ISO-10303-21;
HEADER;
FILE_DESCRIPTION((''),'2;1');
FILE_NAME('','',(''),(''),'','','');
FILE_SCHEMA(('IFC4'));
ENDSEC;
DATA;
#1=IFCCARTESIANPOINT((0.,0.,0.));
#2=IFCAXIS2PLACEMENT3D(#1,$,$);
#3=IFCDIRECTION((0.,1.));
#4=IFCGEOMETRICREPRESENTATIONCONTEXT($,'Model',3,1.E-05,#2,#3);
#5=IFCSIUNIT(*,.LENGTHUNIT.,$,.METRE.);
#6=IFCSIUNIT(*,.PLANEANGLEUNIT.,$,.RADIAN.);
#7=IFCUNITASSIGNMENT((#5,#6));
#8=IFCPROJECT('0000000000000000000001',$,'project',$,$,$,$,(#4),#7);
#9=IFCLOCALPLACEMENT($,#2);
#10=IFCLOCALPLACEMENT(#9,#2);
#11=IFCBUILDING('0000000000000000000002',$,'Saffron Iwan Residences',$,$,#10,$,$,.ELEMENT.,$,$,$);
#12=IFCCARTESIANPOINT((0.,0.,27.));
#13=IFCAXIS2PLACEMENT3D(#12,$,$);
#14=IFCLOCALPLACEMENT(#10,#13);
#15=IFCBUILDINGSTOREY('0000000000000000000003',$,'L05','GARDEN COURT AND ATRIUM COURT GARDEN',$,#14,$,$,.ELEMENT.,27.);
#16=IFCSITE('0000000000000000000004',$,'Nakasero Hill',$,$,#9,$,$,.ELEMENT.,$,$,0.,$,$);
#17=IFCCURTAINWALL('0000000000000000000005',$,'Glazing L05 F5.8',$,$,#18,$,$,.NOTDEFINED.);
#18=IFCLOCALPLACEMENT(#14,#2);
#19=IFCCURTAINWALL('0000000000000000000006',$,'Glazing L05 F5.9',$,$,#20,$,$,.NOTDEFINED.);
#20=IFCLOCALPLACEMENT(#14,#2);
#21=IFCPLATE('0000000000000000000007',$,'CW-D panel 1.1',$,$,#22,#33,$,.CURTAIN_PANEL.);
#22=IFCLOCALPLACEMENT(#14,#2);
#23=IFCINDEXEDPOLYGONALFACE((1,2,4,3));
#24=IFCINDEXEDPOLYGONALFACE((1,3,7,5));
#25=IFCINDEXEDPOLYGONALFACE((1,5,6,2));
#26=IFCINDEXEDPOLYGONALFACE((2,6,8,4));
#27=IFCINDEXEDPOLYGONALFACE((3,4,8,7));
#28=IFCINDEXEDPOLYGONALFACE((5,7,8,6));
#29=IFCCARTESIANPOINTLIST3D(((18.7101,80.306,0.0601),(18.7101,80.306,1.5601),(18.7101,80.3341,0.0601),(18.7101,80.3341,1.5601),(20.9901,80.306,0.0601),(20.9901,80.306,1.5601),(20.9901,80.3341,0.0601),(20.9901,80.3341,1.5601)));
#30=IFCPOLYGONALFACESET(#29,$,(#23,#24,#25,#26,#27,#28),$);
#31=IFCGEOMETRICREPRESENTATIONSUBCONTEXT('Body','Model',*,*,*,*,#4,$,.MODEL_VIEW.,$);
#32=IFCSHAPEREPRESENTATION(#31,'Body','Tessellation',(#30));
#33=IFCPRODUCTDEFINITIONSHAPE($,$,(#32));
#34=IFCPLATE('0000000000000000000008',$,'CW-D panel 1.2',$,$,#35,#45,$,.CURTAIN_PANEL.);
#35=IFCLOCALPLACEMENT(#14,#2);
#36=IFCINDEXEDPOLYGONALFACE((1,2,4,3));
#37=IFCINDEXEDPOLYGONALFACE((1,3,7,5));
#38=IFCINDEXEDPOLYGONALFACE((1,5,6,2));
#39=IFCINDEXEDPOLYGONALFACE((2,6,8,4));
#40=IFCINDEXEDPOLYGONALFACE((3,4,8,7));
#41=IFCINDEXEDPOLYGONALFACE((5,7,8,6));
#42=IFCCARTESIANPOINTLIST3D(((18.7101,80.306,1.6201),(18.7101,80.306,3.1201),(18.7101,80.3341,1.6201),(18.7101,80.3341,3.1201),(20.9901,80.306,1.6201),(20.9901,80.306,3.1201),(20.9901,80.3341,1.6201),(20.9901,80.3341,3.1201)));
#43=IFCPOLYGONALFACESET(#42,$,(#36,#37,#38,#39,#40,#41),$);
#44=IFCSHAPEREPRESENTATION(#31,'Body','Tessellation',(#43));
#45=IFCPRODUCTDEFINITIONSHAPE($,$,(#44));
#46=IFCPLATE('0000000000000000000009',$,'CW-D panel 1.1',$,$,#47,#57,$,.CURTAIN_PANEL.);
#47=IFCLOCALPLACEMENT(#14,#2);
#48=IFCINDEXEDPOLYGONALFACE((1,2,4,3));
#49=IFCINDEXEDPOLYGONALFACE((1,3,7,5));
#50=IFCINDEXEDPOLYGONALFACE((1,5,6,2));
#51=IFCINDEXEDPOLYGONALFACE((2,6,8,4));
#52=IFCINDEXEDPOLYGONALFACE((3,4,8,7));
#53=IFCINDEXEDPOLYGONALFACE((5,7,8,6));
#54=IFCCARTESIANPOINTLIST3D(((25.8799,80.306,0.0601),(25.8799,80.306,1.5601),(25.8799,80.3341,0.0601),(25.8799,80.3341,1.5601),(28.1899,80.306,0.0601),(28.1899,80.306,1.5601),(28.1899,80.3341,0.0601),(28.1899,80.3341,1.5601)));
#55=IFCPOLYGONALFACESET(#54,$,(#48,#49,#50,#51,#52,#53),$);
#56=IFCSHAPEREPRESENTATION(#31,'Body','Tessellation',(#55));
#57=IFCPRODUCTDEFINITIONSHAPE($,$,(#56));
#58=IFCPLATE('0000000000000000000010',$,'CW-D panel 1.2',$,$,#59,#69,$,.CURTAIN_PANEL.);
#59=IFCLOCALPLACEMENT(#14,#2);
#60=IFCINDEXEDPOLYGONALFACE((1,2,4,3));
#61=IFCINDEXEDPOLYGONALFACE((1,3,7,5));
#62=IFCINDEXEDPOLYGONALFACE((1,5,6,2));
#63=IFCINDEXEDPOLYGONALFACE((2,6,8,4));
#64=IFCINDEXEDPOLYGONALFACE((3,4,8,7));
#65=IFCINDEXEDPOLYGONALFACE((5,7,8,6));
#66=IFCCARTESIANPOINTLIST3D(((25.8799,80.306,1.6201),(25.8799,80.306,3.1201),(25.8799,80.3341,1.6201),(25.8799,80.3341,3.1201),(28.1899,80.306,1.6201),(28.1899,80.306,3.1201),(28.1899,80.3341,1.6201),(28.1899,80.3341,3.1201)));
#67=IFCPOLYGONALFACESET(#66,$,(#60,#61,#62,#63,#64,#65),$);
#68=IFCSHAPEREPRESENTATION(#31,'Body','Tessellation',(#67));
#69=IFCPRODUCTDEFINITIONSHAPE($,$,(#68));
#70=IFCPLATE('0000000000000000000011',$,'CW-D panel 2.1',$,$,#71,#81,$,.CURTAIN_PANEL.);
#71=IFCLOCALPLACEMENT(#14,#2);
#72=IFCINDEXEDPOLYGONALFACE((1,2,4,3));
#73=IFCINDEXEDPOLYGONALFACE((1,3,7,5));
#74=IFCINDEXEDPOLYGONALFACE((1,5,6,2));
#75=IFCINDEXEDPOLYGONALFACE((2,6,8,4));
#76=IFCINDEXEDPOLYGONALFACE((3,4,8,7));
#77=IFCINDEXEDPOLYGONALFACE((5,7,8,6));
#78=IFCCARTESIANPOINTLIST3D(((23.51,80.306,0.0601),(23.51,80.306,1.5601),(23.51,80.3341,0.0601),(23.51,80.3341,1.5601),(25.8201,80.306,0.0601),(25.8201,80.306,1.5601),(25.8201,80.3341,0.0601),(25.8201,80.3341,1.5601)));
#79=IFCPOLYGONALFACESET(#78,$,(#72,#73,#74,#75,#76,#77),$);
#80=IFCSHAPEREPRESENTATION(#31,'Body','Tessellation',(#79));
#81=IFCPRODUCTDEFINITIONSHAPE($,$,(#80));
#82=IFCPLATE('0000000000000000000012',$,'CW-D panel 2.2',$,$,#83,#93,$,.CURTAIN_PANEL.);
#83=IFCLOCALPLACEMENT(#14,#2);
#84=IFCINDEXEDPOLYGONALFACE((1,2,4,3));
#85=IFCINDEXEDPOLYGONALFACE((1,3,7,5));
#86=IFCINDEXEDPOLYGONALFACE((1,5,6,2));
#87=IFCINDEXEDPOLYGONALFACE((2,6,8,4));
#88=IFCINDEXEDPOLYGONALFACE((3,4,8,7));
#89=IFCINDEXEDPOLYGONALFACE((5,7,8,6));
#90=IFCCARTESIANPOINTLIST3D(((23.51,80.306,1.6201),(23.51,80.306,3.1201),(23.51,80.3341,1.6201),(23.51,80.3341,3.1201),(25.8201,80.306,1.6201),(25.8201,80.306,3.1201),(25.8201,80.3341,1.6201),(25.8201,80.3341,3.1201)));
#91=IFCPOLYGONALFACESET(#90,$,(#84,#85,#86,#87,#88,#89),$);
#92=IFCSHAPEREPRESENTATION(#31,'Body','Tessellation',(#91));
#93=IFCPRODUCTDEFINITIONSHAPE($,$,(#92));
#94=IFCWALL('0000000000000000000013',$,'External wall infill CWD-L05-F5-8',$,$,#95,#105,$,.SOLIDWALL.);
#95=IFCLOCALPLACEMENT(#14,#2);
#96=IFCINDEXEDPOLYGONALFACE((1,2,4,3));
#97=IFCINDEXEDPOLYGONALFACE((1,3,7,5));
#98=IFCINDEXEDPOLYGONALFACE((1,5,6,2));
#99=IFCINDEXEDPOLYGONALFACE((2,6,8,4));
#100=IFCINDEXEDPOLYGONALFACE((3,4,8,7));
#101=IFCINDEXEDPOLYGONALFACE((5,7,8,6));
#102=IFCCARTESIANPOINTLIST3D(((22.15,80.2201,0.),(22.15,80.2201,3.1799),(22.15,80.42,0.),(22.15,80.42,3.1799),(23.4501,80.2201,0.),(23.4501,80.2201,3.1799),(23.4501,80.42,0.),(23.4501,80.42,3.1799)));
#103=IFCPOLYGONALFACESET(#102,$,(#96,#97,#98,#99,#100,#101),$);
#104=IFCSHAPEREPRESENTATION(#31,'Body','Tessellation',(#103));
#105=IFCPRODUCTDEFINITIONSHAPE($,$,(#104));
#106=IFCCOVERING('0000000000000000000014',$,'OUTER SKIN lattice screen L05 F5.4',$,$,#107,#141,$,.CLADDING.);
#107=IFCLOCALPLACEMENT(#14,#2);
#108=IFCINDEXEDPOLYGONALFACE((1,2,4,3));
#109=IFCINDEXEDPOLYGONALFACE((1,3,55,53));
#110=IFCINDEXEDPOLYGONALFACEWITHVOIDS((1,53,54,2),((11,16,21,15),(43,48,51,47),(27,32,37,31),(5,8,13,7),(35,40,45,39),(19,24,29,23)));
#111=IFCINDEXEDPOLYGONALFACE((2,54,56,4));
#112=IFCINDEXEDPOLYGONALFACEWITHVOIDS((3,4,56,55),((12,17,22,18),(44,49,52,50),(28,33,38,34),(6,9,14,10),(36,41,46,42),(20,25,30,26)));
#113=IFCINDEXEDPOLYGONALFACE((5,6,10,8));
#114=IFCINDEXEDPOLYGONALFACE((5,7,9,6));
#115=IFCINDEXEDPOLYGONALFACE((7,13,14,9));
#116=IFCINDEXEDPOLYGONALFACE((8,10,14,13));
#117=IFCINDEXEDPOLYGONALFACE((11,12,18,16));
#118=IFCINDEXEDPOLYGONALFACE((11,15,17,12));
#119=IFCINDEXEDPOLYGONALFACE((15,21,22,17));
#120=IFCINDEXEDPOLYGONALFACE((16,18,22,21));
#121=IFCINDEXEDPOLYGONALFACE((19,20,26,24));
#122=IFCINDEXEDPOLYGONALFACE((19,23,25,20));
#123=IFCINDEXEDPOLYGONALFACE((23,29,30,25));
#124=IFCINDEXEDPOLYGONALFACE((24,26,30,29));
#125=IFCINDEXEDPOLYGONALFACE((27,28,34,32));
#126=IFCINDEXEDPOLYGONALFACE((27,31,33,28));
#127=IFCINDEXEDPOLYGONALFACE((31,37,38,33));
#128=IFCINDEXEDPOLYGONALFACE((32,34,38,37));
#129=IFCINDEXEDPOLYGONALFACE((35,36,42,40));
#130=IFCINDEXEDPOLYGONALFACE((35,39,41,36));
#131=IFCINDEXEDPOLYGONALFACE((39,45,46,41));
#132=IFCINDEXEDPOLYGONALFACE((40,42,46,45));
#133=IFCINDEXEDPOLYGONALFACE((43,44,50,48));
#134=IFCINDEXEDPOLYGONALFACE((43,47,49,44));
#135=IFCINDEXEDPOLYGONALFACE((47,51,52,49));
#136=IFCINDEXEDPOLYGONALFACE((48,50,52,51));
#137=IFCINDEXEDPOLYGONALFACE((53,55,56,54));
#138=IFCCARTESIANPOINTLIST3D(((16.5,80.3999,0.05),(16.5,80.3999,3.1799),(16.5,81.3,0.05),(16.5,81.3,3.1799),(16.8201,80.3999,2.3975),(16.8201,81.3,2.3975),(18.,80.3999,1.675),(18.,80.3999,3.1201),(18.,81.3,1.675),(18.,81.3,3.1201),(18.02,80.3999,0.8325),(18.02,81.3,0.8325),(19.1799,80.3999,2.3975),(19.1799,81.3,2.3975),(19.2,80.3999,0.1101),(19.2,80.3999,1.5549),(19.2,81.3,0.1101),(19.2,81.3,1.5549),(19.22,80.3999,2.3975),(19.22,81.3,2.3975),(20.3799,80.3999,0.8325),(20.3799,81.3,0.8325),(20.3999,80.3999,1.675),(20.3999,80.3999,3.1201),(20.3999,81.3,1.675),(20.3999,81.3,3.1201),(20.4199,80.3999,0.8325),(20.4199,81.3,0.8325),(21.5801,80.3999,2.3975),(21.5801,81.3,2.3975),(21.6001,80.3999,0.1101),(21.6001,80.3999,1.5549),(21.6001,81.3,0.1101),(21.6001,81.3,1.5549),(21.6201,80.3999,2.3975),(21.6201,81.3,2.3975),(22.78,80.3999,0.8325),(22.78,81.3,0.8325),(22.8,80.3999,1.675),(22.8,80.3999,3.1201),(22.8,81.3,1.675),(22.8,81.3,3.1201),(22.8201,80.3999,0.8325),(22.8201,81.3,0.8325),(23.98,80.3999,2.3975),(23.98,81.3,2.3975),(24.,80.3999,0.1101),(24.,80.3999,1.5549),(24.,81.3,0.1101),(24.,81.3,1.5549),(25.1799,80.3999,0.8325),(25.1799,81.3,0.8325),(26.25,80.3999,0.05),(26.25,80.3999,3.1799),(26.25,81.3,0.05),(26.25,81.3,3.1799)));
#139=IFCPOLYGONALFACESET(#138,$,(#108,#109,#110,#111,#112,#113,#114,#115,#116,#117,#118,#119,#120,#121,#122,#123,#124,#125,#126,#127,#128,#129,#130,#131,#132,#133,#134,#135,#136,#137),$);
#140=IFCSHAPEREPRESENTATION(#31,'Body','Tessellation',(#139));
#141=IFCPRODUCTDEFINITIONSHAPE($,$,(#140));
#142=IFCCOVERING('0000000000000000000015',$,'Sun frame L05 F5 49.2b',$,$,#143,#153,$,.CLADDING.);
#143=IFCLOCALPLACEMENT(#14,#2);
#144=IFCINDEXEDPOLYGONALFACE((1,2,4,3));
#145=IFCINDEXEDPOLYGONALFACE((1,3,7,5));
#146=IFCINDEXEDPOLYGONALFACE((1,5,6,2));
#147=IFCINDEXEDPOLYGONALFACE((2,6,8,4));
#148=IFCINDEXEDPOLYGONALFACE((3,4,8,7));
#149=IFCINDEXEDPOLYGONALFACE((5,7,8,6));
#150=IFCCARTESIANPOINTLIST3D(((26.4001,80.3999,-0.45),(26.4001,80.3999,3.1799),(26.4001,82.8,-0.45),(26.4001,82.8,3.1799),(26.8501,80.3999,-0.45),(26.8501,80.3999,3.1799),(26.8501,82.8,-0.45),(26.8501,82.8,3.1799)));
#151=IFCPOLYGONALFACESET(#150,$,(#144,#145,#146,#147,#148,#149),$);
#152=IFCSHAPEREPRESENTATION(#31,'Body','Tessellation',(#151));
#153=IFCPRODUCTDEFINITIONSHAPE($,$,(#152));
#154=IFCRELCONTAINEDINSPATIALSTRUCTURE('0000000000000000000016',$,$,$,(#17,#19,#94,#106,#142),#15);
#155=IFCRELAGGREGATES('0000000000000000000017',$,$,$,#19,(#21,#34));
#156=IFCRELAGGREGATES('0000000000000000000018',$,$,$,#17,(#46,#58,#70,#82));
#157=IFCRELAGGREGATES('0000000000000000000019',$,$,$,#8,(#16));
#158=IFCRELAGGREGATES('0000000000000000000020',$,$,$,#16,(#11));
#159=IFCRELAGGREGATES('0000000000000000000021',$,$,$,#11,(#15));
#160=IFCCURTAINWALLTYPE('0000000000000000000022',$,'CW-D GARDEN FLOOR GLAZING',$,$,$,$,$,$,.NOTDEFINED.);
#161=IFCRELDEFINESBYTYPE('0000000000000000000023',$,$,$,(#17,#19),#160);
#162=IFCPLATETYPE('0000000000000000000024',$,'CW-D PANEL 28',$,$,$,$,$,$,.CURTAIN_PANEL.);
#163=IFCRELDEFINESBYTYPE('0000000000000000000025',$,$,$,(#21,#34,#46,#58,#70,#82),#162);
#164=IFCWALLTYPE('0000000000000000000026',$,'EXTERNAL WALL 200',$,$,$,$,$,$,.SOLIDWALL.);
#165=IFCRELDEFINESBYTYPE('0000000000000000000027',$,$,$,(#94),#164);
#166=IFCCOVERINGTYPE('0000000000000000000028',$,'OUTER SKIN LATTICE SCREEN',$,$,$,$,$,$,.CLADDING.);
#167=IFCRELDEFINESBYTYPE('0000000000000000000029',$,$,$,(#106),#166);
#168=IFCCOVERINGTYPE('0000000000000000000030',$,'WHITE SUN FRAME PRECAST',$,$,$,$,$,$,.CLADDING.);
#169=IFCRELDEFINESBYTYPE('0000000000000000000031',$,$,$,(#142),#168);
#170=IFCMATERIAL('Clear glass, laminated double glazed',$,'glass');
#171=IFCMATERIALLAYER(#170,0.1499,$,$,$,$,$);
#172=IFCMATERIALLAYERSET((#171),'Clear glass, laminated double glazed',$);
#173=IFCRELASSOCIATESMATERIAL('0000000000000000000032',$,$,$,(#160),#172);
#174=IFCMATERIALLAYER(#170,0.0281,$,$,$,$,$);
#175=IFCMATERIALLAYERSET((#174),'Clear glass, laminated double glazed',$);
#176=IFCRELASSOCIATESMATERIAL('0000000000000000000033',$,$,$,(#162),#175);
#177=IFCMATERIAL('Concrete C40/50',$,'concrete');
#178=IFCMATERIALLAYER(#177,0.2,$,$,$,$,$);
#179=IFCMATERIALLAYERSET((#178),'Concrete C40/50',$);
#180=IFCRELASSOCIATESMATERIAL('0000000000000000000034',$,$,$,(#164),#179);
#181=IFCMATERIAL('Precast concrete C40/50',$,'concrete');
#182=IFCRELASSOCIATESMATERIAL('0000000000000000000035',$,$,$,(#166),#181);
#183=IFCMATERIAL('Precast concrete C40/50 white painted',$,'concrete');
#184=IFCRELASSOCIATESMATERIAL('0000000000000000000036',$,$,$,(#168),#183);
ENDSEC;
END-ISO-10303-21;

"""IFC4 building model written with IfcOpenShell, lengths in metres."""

from ifc_helpers import new_model, si_unit, direction, frame, frame_2d, origin, origin_2d, place, context, subcontext, project, spatial, polyline, rectangle, outline, extrude, source, transform, mapped, material, layer, layer_set, type_object, element, aggregate, save


model = new_model("IFC4")

# Units and contexts
model_context = context("Model", 3, precision=1e-05, world=origin(), true_north=direction((0.0, 1.0)))
body_context = subcontext(model_context, "Body", "Model", "MODEL_VIEW")
ifc_project = project(units=[si_unit("LENGTHUNIT", "METRE"), si_unit("PLANEANGLEUNIT", "RADIAN")], contexts=[model_context])

# Site, building, storey
site_placement = place(None, origin())
site = spatial("IfcSite", under=ifc_project, at=site_placement, Name="Nakasero Hill", CompositionType="ELEMENT", RefElevation=0.0)
building_placement = place(site_placement, origin())
building = spatial("IfcBuilding", under=site, at=building_placement, Name="Saffron Iwan Residences", CompositionType="ELEMENT")
storey_placement = place(building_placement, frame((0.0, 0.0, 27.0)))
storey = spatial("IfcBuildingStorey", under=building, at=storey_placement, Name="L05", Description="GARDEN COURT AND ATRIUM COURT GARDEN", CompositionType="ELEMENT", Elevation=27.0)

# Curtain walls
ifc_material_1 = material(Name="Clear glass, laminated double glazed", Category="glass")
ifc_layer_1 = layer(ifc_material_1, 0.1499)
ifc_layer_set_1 = layer_set([ifc_layer_1], Name="Clear glass, laminated double glazed")
curtain_wall_type = type_object("IfcCurtainWallType", Name="CW-D GARDEN FLOOR GLAZING", PredefinedType="NOTDEFINED", material=ifc_layer_set_1)
curtain_wall_1_placement = place(storey_placement, origin())
curtain_wall_1 = element("IfcCurtainWall", 1, at=curtain_wall_1_placement, inside=storey, type_object=curtain_wall_type, Name="Glazing L05 F5.8", PredefinedType="NOTDEFINED")
curtain_wall_2_placement = place(storey_placement, origin())
curtain_wall_2 = element("IfcCurtainWall", 2, at=curtain_wall_2_placement, inside=storey, type_object=curtain_wall_type, Name="Glazing L05 F5.9", PredefinedType="NOTDEFINED")

# Plates
ifc_layer_2 = layer(ifc_material_1, 0.0281)
ifc_layer_set_2 = layer_set([ifc_layer_2], Name="Clear glass, laminated double glazed")
plate_type = type_object("IfcPlateType", Name="CW-D PANEL 28", PredefinedType="CURTAIN_PANEL", material=ifc_layer_set_2)
shared_shape_1 = source(origin(), body_context, "Body", "SweptSolid", [
    extrude(rectangle(XDim=2.28, YDim=0.0281, at=origin_2d()), origin(), (0.0, 0.0, 1.0), 1.5),
])
plate_1_placement = place(storey_placement, frame((19.8501, 80.3201, 0.0601), z_axis=(0.0, 0.0, 1.0), x_axis=(-1.0, 0.0, 0.0)))
plate_1 = element("IfcPlate", 3, at=plate_1_placement, type_object=plate_type, Name="CW-D panel 1.1", PredefinedType="CURTAIN_PANEL", context=body_context, shape_type="MappedRepresentation", body=[
    mapped(shared_shape_1, transform((0.0, 0.0, 0.0))),
])
plate_2_placement = place(storey_placement, frame((19.8501, 80.3201, 1.6201), z_axis=(0.0, 0.0, 1.0), x_axis=(-1.0, 0.0, 0.0)))
plate_2 = element("IfcPlate", 4, at=plate_2_placement, type_object=plate_type, Name="CW-D panel 1.2", PredefinedType="CURTAIN_PANEL", context=body_context, shape_type="MappedRepresentation", body=[
    mapped(shared_shape_1, transform((0.0, 0.0, 0.0))),
])
aggregate(curtain_wall_2, [plate_1, plate_2])
shared_shape_2 = source(origin(), body_context, "Body", "SweptSolid", [
    extrude(rectangle(XDim=2.3101, YDim=0.0281, at=origin_2d()), origin(), (0.0, 0.0, 1.0), 1.5),
])
plate_3_placement = place(storey_placement, frame((27.0349, 80.3201, 0.0601), z_axis=(0.0, 0.0, 1.0), x_axis=(-1.0, 0.0, 0.0)))
plate_3 = element("IfcPlate", 5, at=plate_3_placement, type_object=plate_type, Name="CW-D panel 1.1", PredefinedType="CURTAIN_PANEL", context=body_context, shape_type="MappedRepresentation", body=[
    mapped(shared_shape_2, transform((0.0, 0.0, 0.0))),
])
plate_4_placement = place(storey_placement, frame((27.0349, 80.3201, 1.6201), z_axis=(0.0, 0.0, 1.0), x_axis=(-1.0, 0.0, 0.0)))
plate_4 = element("IfcPlate", 6, at=plate_4_placement, type_object=plate_type, Name="CW-D panel 1.2", PredefinedType="CURTAIN_PANEL", context=body_context, shape_type="MappedRepresentation", body=[
    mapped(shared_shape_2, transform((0.0, 0.0, 0.0))),
])
plate_5_placement = place(storey_placement, frame((24.665, 80.3201, 0.0601), z_axis=(0.0, 0.0, 1.0), x_axis=(-1.0, 0.0, 0.0)))
plate_5 = element("IfcPlate", 7, at=plate_5_placement, type_object=plate_type, Name="CW-D panel 2.1", PredefinedType="CURTAIN_PANEL", context=body_context, shape_type="MappedRepresentation", body=[
    mapped(shared_shape_2, transform((0.0, 0.0, 0.0))),
])
plate_6_placement = place(storey_placement, frame((24.665, 80.3201, 1.6201), z_axis=(0.0, 0.0, 1.0), x_axis=(-1.0, 0.0, 0.0)))
plate_6 = element("IfcPlate", 8, at=plate_6_placement, type_object=plate_type, Name="CW-D panel 2.2", PredefinedType="CURTAIN_PANEL", context=body_context, shape_type="MappedRepresentation", body=[
    mapped(shared_shape_2, transform((0.0, 0.0, 0.0))),
])
aggregate(curtain_wall_1, [plate_3, plate_4, plate_5, plate_6])

# Wall
ifc_material_2 = material(Name="Concrete C40/50", Category="concrete")
ifc_layer_3 = layer(ifc_material_2, 0.2)
ifc_layer_set_3 = layer_set([ifc_layer_3], Name="Concrete C40/50")
wall_type = type_object("IfcWallType", Name="EXTERNAL WALL 200", PredefinedType="SOLIDWALL", material=ifc_layer_set_3)
wall_placement = place(storey_placement, frame((23.45, 80.3201, 0.0), z_axis=(0.0, 0.0, 1.0), x_axis=(-1.0, 0.0, 0.0)))
element("IfcWall", 9, at=wall_placement, inside=storey, type_object=wall_type, Name="External wall infill CWD-L05-F5-8", PredefinedType="SOLIDWALL", context=body_context, shape_type="SweptSolid", body=[
    extrude(rectangle(XDim=1.3, YDim=0.2, at=frame_2d((0.6499, 0.0))), origin(), (0.0, 0.0, 1.0), 3.1799),
])

# Coverings
ifc_material_3 = material(Name="Precast concrete C40/50", Category="concrete")
covering_type_1 = type_object("IfcCoveringType", Name="OUTER SKIN LATTICE SCREEN", PredefinedType="CLADDING", material=ifc_material_3)
covering_1_placement = place(storey_placement, frame((26.25, 80.3999, 0.05), z_axis=(0.0, 1.0, 0.0), x_axis=(-1.0, 0.0, 0.0)))
element("IfcCovering", 10, at=covering_1_placement, inside=storey, type_object=covering_type_1, Name="OUTER SKIN lattice screen L05 F5.4", PredefinedType="CLADDING", context=body_context, shape_type="SweptSolid", body=[
    extrude(outline(polyline([(0.0, 0.0), (9.75, 0.0), (9.75, 3.1299), (0.0, 3.1299), (0.0, 0.0)]), holes=[polyline([(1.0701, 0.7825), (2.25, 0.0601), (3.4299, 0.7825), (2.25, 1.5049), (1.0701, 0.7825)]), polyline([(3.47, 0.7825), (4.6499, 0.0601), (5.8301, 0.7825), (4.6499, 1.5049), (3.47, 0.7825)]), polyline([(5.8701, 0.7825), (7.05, 0.0601), (8.23, 0.7825), (7.05, 1.5049), (5.8701, 0.7825)]), polyline([(2.27, 2.3474), (3.45, 1.625), (4.6299, 2.3474), (3.45, 3.0701), (2.27, 2.3474)]), polyline([(4.6699, 2.3474), (5.8501, 1.625), (7.03, 2.3474), (5.8501, 3.0701), (4.6699, 2.3474)]), polyline([(7.0701, 2.3474), (8.25, 1.625), (9.4299, 2.3474), (8.25, 3.0701), (7.0701, 2.3474)])]), origin(), (0.0, 0.0, 1.0), 0.9001),
])
ifc_material_4 = material(Name="Precast concrete C40/50 white painted", Category="concrete")
covering_type_2 = type_object("IfcCoveringType", Name="WHITE SUN FRAME PRECAST", PredefinedType="CLADDING", material=ifc_material_4)
covering_2_placement = place(storey_placement, frame((26.8501, 80.3999, -0.45), z_axis=(0.0, 1.0, 0.0), x_axis=(-1.0, 0.0, 0.0)))
element("IfcCovering", 11, at=covering_2_placement, inside=storey, type_object=covering_type_2, Name="Sun frame L05 F5 49.2b", PredefinedType="CLADDING", context=body_context, shape_type="SweptSolid", body=[
    extrude(outline(polyline([(0.0, 0.0), (0.45, 0.0), (0.45, 3.6299), (0.0, 3.6299), (0.0, 0.0)])), origin(), (0.0, 0.0, 1.0), 2.4001),
])

save(model, "model.ifc")
